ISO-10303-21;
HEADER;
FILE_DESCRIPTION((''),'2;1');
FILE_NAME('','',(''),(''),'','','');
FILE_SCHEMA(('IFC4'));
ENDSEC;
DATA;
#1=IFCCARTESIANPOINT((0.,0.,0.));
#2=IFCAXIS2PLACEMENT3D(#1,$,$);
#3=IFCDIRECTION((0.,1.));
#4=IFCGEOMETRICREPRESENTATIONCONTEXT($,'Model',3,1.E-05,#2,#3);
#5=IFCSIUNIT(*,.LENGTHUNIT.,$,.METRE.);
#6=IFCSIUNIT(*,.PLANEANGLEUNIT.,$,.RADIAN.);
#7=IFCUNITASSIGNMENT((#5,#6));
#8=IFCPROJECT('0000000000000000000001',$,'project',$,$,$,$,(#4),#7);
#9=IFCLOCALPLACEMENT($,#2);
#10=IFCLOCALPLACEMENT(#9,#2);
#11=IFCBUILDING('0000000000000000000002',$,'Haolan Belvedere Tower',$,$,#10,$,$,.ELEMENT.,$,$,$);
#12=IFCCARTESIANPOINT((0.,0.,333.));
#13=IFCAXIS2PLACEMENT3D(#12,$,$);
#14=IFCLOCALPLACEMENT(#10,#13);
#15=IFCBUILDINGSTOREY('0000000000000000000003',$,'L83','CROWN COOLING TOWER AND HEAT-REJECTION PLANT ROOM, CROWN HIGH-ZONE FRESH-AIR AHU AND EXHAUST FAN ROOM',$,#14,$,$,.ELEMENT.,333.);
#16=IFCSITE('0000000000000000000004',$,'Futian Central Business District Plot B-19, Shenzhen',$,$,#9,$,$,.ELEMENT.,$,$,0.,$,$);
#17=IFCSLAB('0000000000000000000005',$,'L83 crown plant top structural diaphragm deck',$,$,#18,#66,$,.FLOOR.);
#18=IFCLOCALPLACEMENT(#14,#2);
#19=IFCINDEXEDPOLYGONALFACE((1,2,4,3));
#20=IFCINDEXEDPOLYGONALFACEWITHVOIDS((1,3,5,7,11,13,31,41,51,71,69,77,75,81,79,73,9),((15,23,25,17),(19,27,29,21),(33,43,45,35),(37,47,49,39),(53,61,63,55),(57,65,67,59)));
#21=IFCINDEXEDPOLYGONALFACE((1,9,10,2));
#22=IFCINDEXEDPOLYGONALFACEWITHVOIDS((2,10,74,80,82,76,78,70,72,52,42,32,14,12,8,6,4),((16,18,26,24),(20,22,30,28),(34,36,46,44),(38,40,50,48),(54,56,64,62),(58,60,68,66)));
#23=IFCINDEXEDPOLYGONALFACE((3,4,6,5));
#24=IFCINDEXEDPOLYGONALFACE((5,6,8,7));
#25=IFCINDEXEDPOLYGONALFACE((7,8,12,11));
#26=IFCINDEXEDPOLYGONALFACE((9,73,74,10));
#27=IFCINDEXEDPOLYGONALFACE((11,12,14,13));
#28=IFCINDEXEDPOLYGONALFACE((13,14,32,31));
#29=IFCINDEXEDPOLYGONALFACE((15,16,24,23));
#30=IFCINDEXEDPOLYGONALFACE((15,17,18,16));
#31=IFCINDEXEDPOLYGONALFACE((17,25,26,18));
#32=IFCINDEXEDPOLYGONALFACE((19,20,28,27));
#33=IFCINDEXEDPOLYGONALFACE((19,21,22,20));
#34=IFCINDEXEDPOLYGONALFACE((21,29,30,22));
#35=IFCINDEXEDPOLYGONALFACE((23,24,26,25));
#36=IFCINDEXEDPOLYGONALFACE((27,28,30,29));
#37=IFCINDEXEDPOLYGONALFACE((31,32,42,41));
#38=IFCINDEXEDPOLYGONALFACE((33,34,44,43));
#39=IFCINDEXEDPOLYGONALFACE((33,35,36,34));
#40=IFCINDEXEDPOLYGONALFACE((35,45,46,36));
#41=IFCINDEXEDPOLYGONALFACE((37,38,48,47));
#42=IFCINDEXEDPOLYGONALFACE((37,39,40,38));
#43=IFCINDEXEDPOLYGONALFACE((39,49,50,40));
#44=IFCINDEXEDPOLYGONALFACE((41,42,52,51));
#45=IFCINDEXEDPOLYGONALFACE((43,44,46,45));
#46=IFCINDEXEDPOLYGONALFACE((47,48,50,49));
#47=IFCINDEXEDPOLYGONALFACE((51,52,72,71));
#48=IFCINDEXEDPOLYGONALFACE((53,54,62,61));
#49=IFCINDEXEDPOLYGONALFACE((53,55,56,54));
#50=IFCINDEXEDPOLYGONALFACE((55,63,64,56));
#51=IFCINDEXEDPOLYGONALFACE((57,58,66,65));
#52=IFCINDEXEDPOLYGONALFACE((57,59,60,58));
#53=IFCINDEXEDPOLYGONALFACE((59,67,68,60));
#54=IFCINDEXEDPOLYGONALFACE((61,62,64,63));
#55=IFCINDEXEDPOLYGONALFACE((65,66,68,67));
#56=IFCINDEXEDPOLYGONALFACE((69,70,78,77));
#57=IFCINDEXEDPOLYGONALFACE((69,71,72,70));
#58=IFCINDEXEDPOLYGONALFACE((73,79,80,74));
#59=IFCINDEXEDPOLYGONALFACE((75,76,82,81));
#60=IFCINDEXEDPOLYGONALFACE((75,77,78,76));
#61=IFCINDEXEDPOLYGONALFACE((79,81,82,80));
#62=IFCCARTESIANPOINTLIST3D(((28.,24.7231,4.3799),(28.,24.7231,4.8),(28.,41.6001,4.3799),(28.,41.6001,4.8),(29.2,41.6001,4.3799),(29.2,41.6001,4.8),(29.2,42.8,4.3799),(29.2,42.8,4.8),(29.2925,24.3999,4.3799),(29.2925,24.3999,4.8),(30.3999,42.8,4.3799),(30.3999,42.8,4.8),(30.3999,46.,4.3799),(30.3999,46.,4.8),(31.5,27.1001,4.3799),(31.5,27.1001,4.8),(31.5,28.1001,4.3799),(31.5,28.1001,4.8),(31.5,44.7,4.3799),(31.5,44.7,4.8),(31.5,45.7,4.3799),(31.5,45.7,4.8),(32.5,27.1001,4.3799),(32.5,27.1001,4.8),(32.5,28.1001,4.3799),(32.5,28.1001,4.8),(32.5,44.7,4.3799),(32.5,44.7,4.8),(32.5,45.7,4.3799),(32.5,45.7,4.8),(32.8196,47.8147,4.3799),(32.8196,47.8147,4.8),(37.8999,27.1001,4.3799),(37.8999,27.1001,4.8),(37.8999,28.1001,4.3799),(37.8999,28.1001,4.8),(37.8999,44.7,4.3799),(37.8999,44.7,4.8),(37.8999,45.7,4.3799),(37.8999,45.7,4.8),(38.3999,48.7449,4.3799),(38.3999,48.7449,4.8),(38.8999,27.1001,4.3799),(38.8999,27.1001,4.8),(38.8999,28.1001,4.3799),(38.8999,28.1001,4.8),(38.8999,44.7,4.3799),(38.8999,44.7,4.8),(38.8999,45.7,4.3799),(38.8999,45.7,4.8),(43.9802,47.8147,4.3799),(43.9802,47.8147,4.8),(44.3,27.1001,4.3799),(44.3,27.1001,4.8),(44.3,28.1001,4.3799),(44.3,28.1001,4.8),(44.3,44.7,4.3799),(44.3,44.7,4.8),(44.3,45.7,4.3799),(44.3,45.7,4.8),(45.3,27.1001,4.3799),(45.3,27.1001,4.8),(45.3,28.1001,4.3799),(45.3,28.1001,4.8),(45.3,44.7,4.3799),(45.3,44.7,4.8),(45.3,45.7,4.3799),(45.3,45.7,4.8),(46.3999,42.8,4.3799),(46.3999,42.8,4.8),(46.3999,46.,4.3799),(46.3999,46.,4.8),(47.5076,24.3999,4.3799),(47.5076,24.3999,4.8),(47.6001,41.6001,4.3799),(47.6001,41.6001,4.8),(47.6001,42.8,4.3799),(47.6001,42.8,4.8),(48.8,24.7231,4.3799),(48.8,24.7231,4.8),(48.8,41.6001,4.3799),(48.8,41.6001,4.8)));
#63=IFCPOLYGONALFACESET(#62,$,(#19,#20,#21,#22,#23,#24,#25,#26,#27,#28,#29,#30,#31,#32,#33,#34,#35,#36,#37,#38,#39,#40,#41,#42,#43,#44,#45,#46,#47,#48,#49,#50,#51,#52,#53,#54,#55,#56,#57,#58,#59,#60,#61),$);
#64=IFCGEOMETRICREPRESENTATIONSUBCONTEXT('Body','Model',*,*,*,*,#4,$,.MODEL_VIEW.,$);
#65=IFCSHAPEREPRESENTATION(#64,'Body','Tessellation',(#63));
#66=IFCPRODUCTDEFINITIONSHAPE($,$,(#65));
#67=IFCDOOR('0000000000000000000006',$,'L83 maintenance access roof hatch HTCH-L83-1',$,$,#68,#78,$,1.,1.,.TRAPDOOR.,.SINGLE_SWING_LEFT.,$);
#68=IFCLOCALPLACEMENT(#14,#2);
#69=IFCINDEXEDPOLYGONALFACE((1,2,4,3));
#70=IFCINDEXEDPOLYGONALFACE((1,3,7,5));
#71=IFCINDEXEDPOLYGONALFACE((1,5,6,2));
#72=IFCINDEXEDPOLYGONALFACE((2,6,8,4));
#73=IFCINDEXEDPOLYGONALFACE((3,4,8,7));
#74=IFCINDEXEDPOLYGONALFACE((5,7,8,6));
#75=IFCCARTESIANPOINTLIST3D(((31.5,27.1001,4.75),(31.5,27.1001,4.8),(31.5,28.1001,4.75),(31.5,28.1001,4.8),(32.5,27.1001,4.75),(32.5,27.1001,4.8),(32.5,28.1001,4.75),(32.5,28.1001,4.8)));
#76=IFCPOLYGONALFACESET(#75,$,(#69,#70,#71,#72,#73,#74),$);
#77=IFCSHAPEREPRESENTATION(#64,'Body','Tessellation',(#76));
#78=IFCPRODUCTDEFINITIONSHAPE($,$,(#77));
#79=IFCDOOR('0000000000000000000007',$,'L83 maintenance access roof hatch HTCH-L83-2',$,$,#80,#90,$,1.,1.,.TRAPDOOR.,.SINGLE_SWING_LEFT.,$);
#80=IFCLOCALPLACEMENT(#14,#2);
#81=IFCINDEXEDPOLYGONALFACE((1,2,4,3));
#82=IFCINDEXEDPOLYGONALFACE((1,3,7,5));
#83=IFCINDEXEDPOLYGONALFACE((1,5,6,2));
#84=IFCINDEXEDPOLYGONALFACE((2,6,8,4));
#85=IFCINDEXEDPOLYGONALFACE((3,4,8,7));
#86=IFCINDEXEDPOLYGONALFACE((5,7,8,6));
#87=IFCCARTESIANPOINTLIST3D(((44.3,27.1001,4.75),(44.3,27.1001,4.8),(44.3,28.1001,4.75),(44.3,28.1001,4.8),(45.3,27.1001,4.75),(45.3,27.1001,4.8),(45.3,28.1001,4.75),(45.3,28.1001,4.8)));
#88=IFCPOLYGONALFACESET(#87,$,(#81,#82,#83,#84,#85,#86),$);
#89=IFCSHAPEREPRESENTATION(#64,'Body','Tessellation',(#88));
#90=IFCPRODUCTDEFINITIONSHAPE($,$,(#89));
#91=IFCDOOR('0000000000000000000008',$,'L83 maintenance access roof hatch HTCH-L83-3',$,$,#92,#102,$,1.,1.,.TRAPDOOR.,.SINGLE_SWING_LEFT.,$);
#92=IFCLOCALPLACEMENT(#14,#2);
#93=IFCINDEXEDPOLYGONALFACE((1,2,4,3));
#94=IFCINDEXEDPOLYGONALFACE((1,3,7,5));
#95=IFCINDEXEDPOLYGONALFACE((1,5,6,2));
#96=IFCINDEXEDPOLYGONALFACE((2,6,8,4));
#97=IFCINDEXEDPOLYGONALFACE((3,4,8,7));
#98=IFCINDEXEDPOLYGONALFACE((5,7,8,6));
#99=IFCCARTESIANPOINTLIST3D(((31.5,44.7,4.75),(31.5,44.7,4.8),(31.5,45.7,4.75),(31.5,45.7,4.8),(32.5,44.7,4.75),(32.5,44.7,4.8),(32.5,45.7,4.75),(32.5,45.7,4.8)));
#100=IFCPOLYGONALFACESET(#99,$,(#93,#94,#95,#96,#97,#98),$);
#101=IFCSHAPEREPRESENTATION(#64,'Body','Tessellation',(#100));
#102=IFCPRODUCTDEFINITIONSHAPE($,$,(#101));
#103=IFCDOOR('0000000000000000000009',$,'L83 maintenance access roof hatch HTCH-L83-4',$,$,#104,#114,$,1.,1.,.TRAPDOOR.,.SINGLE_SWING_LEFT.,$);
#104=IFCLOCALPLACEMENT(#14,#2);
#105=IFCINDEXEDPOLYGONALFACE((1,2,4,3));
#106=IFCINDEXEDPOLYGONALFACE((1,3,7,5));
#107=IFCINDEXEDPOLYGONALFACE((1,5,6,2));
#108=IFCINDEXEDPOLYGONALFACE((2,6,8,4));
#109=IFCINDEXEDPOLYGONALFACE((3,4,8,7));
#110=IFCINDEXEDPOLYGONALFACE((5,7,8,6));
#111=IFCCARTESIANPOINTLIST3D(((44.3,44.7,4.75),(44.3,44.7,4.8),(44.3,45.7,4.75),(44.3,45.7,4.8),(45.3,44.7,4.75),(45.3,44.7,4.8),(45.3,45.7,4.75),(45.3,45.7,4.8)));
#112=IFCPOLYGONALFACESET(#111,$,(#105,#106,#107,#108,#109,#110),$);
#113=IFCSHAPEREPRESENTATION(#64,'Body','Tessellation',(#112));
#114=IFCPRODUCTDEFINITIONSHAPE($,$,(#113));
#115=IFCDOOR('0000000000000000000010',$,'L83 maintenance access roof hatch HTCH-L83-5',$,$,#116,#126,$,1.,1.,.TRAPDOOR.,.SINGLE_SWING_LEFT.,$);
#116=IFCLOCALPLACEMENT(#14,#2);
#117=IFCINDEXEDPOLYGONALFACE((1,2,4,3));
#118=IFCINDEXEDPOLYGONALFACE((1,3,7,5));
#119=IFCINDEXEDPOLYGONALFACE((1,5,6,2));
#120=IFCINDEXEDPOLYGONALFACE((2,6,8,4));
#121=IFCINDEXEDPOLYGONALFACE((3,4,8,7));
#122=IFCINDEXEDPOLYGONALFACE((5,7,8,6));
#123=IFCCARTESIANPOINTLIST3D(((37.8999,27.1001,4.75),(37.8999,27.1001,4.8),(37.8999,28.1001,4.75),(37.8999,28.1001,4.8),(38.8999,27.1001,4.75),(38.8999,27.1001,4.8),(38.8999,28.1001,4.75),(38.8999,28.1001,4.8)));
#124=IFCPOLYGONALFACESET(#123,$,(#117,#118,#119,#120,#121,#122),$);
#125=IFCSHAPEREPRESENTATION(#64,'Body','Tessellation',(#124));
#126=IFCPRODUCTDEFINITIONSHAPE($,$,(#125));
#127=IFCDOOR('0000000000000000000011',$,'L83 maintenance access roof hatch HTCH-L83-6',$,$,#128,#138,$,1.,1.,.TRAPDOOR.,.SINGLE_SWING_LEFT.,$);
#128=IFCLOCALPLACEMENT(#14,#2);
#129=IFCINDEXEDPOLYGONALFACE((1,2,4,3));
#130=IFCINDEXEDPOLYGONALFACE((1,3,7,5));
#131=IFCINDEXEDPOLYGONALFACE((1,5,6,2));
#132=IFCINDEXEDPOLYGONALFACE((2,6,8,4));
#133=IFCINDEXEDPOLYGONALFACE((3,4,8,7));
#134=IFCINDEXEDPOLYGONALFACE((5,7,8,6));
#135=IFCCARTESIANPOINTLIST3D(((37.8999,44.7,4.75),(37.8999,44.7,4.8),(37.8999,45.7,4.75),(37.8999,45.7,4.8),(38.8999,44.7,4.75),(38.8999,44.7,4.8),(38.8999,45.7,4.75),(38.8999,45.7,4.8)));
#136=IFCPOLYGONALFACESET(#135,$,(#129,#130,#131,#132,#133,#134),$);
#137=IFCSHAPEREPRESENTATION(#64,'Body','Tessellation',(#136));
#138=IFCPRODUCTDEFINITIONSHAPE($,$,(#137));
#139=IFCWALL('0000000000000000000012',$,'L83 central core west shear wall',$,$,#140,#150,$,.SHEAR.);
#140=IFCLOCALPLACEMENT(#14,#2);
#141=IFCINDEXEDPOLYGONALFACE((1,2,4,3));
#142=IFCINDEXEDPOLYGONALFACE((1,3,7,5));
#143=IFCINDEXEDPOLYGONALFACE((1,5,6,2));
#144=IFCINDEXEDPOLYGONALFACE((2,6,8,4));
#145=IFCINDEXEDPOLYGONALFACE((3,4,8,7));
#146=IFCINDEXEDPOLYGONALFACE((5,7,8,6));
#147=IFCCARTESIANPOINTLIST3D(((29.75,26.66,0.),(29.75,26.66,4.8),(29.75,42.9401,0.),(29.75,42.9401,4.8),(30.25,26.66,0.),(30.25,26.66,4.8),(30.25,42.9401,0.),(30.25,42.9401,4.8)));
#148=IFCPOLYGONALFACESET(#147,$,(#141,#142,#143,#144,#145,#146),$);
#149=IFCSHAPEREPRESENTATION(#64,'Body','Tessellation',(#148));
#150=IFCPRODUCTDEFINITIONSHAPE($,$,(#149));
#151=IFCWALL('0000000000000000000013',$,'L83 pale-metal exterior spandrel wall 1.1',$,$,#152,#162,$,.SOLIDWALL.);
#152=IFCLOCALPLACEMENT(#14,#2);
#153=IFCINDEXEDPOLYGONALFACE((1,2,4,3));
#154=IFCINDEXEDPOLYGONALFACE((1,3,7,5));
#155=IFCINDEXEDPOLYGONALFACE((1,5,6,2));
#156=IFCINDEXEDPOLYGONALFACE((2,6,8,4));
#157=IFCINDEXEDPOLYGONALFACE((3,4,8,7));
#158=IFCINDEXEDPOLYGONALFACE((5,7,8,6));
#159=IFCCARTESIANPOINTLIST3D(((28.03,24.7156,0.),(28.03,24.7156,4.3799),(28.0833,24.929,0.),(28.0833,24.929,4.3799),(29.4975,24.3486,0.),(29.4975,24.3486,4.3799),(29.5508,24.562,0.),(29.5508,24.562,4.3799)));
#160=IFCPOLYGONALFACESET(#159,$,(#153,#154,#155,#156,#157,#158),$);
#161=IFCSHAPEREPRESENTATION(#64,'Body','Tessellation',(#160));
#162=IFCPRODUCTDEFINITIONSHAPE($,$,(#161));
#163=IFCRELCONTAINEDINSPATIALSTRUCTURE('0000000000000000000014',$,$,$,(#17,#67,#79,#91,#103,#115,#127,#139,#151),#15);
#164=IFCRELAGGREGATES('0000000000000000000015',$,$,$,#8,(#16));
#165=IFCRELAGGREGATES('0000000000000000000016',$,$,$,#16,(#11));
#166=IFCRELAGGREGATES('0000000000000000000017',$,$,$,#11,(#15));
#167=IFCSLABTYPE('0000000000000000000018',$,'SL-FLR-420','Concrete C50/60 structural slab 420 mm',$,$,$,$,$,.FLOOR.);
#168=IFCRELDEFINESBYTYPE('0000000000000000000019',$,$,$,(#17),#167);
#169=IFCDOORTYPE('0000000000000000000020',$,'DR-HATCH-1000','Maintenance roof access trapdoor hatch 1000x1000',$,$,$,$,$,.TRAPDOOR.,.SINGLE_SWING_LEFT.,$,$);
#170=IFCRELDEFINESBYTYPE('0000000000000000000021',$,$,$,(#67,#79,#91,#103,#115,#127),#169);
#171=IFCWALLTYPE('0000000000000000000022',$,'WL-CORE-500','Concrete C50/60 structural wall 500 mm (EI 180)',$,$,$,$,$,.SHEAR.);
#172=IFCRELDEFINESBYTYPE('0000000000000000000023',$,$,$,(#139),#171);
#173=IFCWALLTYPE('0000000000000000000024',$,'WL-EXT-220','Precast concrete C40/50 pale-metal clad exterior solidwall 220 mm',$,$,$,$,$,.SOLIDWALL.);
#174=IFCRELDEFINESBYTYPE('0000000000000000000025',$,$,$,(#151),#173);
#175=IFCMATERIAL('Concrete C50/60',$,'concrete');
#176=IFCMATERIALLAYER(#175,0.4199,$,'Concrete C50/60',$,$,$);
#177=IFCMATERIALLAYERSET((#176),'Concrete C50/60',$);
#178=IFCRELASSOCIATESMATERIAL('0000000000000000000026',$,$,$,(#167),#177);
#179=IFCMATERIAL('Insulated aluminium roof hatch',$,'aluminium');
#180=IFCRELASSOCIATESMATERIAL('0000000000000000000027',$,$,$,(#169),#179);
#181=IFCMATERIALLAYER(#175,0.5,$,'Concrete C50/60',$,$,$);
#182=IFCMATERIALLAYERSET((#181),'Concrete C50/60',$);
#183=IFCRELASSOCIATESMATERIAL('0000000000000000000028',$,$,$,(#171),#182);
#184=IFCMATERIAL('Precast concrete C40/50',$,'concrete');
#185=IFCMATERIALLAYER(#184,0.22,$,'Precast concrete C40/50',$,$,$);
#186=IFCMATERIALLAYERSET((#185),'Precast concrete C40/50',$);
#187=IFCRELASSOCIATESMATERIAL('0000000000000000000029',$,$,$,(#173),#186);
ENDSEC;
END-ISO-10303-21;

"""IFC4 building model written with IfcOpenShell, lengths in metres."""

from ifc_helpers import new_model, si_unit, direction, frame, frame_2d, origin, origin_2d, place, context, subcontext, project, spatial, polyline, rectangle, outline, extrude, material, layer, layer_set, type_object, element, fill, save


model = new_model("IFC4")

# Units and contexts
model_context = context("Model", 3, precision=1e-05, world=origin(), true_north=direction((0.0, 1.0)))
body_context = subcontext(model_context, "Body", "Model", "MODEL_VIEW")
ifc_project = project(units=[si_unit("LENGTHUNIT", "METRE"), si_unit("PLANEANGLEUNIT", "RADIAN")], contexts=[model_context])

# Site, building, storey
site_placement = place(None, origin())
site = spatial("IfcSite", under=ifc_project, at=site_placement, Name="Futian Central Business District Plot B-19, Shenzhen", CompositionType="ELEMENT", RefElevation=0.0)
building_placement = place(site_placement, origin())
building = spatial("IfcBuilding", under=site, at=building_placement, Name="Haolan Belvedere Tower", CompositionType="ELEMENT")
storey_placement = place(building_placement, frame((0.0, 0.0, 333.0)))
storey = spatial("IfcBuildingStorey", under=building, at=storey_placement, Name="L83", Description="CROWN COOLING TOWER AND HEAT-REJECTION PLANT ROOM, CROWN HIGH-ZONE FRESH-AIR AHU AND EXHAUST FAN ROOM", CompositionType="ELEMENT", Elevation=333.0)

# Slab, openings, doors
ifc_material_1 = material(Name="Concrete C50/60", Category="concrete")
ifc_layer_1 = layer(ifc_material_1, 0.4199, Name="Concrete C50/60")
ifc_layer_set_1 = layer_set([ifc_layer_1], Name="Concrete C50/60")
slab_type_1 = type_object("IfcSlabType", Name="SL-FLR-420", Description="Concrete C50/60 structural slab 420 mm", PredefinedType="FLOOR", material=ifc_layer_set_1)
slab_1_placement = place(storey_placement, frame((0.0, 0.0, 4.3799)))
slab_1 = element("IfcSlab", 1, at=slab_1_placement, inside=storey, type_object=slab_type_1, Name="L83 crown plant top structural diaphragm deck", PredefinedType="FLOOR", context=body_context, shape_type="SweptSolid", body=[
    extrude(outline(polyline([(28.0, 41.6001), (29.2, 41.6001), (29.2, 42.8), (30.3999, 42.8), (30.3999, 46.0), (32.8196, 47.8147), (38.3999, 48.7449), (43.9802, 47.8147), (46.3999, 46.0), (46.3999, 42.8), (47.6001, 42.8), (47.6001, 41.6001), (48.8, 41.6001), (48.8, 24.7231), (47.5076, 24.3999), (29.2925, 24.3999), (28.0, 24.7231), (28.0, 41.6001)])), origin(), (0.0, 0.0, 1.0), 0.4202),
])
opening_1_placement = place(slab_1_placement, frame((32.0, 27.6001, 0.0)))
opening_1 = element("IfcOpeningElement", 2, at=opening_1_placement, cuts=slab_1, PredefinedType="OPENING", context=body_context, shape_type="SweptSolid", body=[
    extrude(rectangle(XDim=1.0, YDim=1.0, at=origin_2d()), frame((0.0, 0.0, -0.01)), (0.0, 0.0, 1.0), 0.4402),
])
opening_2_placement = place(slab_1_placement, frame((44.8, 27.6001, 0.0)))
opening_2 = element("IfcOpeningElement", 3, at=opening_2_placement, cuts=slab_1, PredefinedType="OPENING", context=body_context, shape_type="SweptSolid", body=[
    extrude(rectangle(XDim=1.0, YDim=1.0, at=origin_2d()), frame((0.0, 0.0, -0.01)), (0.0, 0.0, 1.0), 0.4402),
])
opening_3_placement = place(slab_1_placement, frame((32.0, 45.2, 0.0)))
opening_3 = element("IfcOpeningElement", 4, at=opening_3_placement, cuts=slab_1, PredefinedType="OPENING", context=body_context, shape_type="SweptSolid", body=[
    extrude(rectangle(XDim=1.0, YDim=1.0, at=origin_2d()), frame((0.0, 0.0, -0.01)), (0.0, 0.0, 1.0), 0.4402),
])
opening_4_placement = place(slab_1_placement, frame((44.8, 45.2, 0.0)))
opening_4 = element("IfcOpeningElement", 5, at=opening_4_placement, cuts=slab_1, PredefinedType="OPENING", context=body_context, shape_type="SweptSolid", body=[
    extrude(rectangle(XDim=1.0, YDim=1.0, at=origin_2d()), frame((0.0, 0.0, -0.01)), (0.0, 0.0, 1.0), 0.4402),
])
opening_5_placement = place(slab_1_placement, frame((38.3999, 27.6001, 0.0)))
opening_5 = element("IfcOpeningElement", 6, at=opening_5_placement, cuts=slab_1, PredefinedType="OPENING", context=body_context, shape_type="SweptSolid", body=[
    extrude(rectangle(XDim=1.0, YDim=1.0, at=origin_2d()), frame((0.0, 0.0, -0.01)), (0.0, 0.0, 1.0), 0.4402),
])
opening_6_placement = place(slab_1_placement, frame((38.3999, 45.2, 0.0)))
opening_6 = element("IfcOpeningElement", 7, at=opening_6_placement, cuts=slab_1, PredefinedType="OPENING", context=body_context, shape_type="SweptSolid", body=[
    extrude(rectangle(XDim=1.0, YDim=1.0, at=origin_2d()), frame((0.0, 0.0, -0.01)), (0.0, 0.0, 1.0), 0.4402),
])
ifc_material_2 = material(Name="Insulated aluminium roof hatch", Category="aluminium")
door_type = type_object("IfcDoorType", Name="DR-HATCH-1000", Description="Maintenance roof access trapdoor hatch 1000x1000", OperationType="SINGLE_SWING_LEFT", PredefinedType="TRAPDOOR", material=ifc_material_2)
door_1_placement = place(opening_1_placement, frame((0.0, 0.0, 0.3701)))
door_1 = element("IfcDoor", 8, at=door_1_placement, inside=storey, type_object=door_type, Name="L83 maintenance access roof hatch HTCH-L83-1", OperationType="SINGLE_SWING_LEFT", OverallHeight=1.0, OverallWidth=1.0, PredefinedType="TRAPDOOR", context=body_context, shape_type="SweptSolid", body=[
    extrude(rectangle(XDim=1.0, YDim=1.0, at=origin_2d()), origin(), (0.0, 0.0, 1.0), 0.05),
])
fill(opening_1, door_1)
door_2_placement = place(opening_2_placement, frame((0.0, 0.0, 0.3701)))
door_2 = element("IfcDoor", 9, at=door_2_placement, inside=storey, type_object=door_type, Name="L83 maintenance access roof hatch HTCH-L83-2", OperationType="SINGLE_SWING_LEFT", OverallHeight=1.0, OverallWidth=1.0, PredefinedType="TRAPDOOR", context=body_context, shape_type="SweptSolid", body=[
    extrude(rectangle(XDim=1.0, YDim=1.0, at=origin_2d()), origin(), (0.0, 0.0, 1.0), 0.05),
])
fill(opening_2, door_2)
door_3_placement = place(opening_3_placement, frame((0.0, 0.0, 0.3701)))
door_3 = element("IfcDoor", 10, at=door_3_placement, inside=storey, type_object=door_type, Name="L83 maintenance access roof hatch HTCH-L83-3", OperationType="SINGLE_SWING_LEFT", OverallHeight=1.0, OverallWidth=1.0, PredefinedType="TRAPDOOR", context=body_context, shape_type="SweptSolid", body=[
    extrude(rectangle(XDim=1.0, YDim=1.0, at=origin_2d()), origin(), (0.0, 0.0, 1.0), 0.05),
])
fill(opening_3, door_3)
door_4_placement = place(opening_4_placement, frame((0.0, 0.0, 0.3701)))
door_4 = element("IfcDoor", 11, at=door_4_placement, inside=storey, type_object=door_type, Name="L83 maintenance access roof hatch HTCH-L83-4", OperationType="SINGLE_SWING_LEFT", OverallHeight=1.0, OverallWidth=1.0, PredefinedType="TRAPDOOR", context=body_context, shape_type="SweptSolid", body=[
    extrude(rectangle(XDim=1.0, YDim=1.0, at=origin_2d()), origin(), (0.0, 0.0, 1.0), 0.05),
])
fill(opening_4, door_4)
door_5_placement = place(opening_5_placement, frame((0.0, 0.0, 0.3701)))
door_5 = element("IfcDoor", 12, at=door_5_placement, inside=storey, type_object=door_type, Name="L83 maintenance access roof hatch HTCH-L83-5", OperationType="SINGLE_SWING_LEFT", OverallHeight=1.0, OverallWidth=1.0, PredefinedType="TRAPDOOR", context=body_context, shape_type="SweptSolid", body=[
    extrude(rectangle(XDim=1.0, YDim=1.0, at=origin_2d()), origin(), (0.0, 0.0, 1.0), 0.05),
])
fill(opening_5, door_5)
door_6_placement = place(opening_6_placement, frame((0.0, 0.0, 0.3701)))
door_6 = element("IfcDoor", 13, at=door_6_placement, inside=storey, type_object=door_type, Name="L83 maintenance access roof hatch HTCH-L83-6", OperationType="SINGLE_SWING_LEFT", OverallHeight=1.0, OverallWidth=1.0, PredefinedType="TRAPDOOR", context=body_context, shape_type="SweptSolid", body=[
    extrude(rectangle(XDim=1.0, YDim=1.0, at=origin_2d()), origin(), (0.0, 0.0, 1.0), 0.05),
])
fill(opening_6, door_6)

# Walls
ifc_layer_2 = layer(ifc_material_1, 0.5, Name="Concrete C50/60")
ifc_layer_set_2 = layer_set([ifc_layer_2], Name="Concrete C50/60")
wall_type_1 = type_object("IfcWallType", Name="WL-CORE-500", Description="Concrete C50/60 structural wall 500 mm (EI 180)", PredefinedType="SHEAR", material=ifc_layer_set_2)
wall_1_placement = place(storey_placement, frame((30.0, 26.6599, 0.0), z_axis=(0.0, 0.0, 1.0), x_axis=(0.0, 1.0, 0.0)))
element("IfcWall", 14, at=wall_1_placement, inside=storey, type_object=wall_type_1, Name="L83 central core west shear wall", PredefinedType="SHEAR", context=body_context, shape_type="SweptSolid", body=[
    extrude(rectangle(XDim=16.28, YDim=0.5, at=frame_2d((8.1401, 0.0))), origin(), (0.0, 0.0, 1.0), 4.8),
])
ifc_material_3 = material(Name="Precast concrete C40/50", Category="concrete")
ifc_layer_3 = layer(ifc_material_3, 0.22, Name="Precast concrete C40/50")
ifc_layer_set_3 = layer_set([ifc_layer_3], Name="Precast concrete C40/50")
wall_type_2 = type_object("IfcWallType", Name="WL-EXT-220", Description="Precast concrete C40/50 pale-metal clad exterior solidwall 220 mm", PredefinedType="SOLIDWALL", material=ifc_layer_set_3)
wall_2_placement = place(storey_placement, frame((28.0566, 24.8223, 0.0), z_axis=(0.0, 0.0, 1.0), x_axis=(0.970133, -0.242574, 0.0)))
element("IfcWall", 15, at=wall_2_placement, inside=storey, type_object=wall_type_2, Name="L83 pale-metal exterior spandrel wall 1.1", PredefinedType="SOLIDWALL", context=body_context, shape_type="SweptSolid", body=[
    extrude(rectangle(XDim=1.5127, YDim=0.22, at=frame_2d((0.7563, 0.0))), origin(), (0.0, 0.0, 1.0), 4.3799),
])

save(model, "model.ifc")
